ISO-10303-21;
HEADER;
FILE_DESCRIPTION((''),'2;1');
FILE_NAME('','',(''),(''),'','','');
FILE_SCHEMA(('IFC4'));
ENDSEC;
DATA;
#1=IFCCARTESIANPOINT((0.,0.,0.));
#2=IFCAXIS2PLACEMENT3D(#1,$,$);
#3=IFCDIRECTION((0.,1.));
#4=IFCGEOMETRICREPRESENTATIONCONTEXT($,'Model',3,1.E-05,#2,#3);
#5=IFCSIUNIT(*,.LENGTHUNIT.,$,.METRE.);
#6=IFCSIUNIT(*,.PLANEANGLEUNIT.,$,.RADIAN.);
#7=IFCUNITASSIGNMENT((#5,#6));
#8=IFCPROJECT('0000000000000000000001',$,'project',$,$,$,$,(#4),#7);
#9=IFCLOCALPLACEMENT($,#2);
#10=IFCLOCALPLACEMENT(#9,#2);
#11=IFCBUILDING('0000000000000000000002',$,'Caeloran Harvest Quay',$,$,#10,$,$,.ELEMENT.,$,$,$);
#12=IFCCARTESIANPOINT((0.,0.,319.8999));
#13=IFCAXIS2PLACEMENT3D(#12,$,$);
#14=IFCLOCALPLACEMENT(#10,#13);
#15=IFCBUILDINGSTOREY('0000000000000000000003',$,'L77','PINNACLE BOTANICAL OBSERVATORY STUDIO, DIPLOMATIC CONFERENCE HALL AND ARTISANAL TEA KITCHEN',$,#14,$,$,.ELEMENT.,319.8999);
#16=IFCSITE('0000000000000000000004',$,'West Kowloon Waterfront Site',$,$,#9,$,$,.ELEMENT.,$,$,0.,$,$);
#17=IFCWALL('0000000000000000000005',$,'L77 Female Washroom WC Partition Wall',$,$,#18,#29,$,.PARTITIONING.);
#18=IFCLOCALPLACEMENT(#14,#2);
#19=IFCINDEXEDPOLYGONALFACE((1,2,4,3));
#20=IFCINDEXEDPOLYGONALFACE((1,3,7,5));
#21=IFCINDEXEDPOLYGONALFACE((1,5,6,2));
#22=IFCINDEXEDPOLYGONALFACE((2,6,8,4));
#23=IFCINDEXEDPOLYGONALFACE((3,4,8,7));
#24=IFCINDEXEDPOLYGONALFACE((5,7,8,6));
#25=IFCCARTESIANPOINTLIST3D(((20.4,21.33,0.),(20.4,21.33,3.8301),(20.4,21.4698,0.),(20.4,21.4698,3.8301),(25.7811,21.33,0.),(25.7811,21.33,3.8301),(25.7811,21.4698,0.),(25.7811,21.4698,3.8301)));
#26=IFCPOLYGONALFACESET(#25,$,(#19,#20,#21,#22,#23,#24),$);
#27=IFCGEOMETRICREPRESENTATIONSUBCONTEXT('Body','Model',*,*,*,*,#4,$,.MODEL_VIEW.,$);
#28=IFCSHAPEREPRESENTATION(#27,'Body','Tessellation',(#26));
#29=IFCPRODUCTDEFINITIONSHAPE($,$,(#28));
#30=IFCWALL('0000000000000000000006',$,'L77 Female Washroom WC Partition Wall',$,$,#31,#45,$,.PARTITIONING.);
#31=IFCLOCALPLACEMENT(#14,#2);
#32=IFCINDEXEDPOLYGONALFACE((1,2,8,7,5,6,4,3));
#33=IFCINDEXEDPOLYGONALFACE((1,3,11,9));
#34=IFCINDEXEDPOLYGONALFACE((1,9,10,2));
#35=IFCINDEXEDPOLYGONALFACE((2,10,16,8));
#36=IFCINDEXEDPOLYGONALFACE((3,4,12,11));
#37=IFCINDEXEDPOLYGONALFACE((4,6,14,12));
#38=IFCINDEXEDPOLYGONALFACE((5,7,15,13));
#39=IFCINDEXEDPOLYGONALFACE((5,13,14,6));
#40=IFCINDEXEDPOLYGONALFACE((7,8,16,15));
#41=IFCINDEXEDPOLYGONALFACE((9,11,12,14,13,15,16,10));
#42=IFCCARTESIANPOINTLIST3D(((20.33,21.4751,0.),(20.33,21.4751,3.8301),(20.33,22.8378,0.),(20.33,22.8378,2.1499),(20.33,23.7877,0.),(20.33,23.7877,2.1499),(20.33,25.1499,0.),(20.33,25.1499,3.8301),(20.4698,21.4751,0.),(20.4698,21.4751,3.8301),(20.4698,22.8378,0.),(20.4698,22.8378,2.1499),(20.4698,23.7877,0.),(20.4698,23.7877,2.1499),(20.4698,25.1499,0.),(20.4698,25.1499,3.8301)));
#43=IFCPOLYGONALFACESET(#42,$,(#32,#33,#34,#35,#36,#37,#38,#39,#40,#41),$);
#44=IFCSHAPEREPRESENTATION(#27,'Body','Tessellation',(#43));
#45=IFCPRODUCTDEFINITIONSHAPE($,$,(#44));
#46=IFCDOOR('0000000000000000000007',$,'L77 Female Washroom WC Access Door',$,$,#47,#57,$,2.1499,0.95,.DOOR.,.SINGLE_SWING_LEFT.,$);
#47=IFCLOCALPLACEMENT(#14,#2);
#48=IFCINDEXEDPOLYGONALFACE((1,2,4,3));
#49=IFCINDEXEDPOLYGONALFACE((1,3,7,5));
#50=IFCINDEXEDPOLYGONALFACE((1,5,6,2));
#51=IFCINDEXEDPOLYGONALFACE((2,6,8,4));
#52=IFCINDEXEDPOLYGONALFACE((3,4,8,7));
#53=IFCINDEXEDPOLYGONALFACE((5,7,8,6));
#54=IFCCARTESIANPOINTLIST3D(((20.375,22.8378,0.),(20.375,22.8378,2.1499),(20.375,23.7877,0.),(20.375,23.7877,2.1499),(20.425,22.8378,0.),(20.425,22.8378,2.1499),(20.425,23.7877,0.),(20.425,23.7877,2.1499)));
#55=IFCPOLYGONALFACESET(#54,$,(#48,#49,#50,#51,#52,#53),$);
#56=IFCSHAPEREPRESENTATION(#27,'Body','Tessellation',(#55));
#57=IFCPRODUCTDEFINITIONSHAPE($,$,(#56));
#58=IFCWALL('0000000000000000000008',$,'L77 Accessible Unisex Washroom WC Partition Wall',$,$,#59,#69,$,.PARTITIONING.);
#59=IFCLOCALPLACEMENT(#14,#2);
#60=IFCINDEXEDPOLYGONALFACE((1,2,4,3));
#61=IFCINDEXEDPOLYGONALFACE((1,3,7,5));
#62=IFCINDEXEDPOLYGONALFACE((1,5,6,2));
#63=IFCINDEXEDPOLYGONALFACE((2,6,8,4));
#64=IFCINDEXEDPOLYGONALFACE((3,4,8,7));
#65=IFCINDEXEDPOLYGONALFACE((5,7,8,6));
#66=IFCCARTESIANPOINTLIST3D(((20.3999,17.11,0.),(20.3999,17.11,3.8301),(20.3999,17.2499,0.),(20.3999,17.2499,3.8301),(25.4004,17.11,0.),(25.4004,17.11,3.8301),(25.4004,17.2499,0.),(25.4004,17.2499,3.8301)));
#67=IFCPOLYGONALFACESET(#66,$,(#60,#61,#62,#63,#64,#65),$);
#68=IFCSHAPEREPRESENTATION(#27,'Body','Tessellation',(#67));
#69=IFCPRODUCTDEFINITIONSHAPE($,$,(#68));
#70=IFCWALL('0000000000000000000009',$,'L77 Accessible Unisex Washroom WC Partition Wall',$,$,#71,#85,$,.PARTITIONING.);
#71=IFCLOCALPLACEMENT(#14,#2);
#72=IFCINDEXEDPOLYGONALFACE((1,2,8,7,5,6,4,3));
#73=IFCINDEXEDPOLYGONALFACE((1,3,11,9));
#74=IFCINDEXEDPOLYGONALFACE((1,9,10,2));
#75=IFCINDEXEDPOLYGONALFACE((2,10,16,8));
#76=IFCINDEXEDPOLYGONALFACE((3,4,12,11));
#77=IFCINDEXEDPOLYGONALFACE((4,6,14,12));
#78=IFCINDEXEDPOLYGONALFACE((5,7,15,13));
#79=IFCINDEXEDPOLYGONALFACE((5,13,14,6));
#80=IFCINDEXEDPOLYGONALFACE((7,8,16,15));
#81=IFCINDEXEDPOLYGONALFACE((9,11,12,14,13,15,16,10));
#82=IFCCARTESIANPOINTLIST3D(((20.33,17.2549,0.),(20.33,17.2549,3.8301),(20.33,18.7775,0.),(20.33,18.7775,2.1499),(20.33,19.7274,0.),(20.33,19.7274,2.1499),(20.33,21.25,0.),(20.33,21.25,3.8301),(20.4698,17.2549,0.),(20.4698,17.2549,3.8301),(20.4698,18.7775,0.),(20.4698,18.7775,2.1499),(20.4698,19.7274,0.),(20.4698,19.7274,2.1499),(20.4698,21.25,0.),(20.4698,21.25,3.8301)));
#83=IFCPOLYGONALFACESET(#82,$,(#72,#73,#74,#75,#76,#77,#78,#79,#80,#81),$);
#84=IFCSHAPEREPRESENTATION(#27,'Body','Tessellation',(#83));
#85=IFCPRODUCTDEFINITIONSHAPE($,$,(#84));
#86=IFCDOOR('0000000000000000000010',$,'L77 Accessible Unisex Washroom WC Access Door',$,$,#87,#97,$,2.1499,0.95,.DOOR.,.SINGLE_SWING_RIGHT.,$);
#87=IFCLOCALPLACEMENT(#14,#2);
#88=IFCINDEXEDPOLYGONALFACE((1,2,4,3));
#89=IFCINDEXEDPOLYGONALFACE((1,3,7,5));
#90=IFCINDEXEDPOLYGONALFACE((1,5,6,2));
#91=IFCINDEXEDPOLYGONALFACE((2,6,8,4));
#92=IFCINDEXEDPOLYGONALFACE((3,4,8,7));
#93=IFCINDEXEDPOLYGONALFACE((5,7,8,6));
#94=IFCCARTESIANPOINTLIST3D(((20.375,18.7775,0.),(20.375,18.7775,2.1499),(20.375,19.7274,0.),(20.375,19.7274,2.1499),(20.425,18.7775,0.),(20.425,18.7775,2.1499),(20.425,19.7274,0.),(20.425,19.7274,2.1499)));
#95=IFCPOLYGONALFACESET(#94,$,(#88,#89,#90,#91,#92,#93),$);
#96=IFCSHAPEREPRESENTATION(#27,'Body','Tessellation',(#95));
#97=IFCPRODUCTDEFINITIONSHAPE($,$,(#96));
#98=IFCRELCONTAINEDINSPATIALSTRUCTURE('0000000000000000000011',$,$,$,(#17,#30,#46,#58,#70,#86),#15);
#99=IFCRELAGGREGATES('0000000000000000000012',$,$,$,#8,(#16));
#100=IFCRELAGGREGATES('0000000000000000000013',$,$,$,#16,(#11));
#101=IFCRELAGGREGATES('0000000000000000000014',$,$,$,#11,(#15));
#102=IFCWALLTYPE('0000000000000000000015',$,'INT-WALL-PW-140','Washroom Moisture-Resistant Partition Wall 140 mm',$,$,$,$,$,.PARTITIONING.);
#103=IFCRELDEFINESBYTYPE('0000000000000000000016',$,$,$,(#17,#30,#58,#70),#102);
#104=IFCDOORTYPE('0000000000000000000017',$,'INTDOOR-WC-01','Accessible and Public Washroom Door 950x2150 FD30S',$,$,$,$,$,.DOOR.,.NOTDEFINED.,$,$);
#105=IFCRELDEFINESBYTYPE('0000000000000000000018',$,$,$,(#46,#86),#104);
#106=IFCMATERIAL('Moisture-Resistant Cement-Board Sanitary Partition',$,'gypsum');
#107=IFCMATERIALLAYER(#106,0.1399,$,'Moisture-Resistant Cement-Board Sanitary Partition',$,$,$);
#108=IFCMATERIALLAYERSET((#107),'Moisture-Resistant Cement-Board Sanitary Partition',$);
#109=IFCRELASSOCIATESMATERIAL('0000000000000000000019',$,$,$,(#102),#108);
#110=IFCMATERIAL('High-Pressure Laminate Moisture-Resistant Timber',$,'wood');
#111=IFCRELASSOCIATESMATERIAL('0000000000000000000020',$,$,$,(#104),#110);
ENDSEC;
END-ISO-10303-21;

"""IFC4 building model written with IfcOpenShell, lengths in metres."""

from ifc_helpers import new_model, si_unit, direction, frame, frame_2d, origin, place, context, subcontext, project, spatial, rectangle, extrude, material, layer, layer_set, type_object, element, fill, save


model = new_model("IFC4")

# Units and contexts
model_context = context("Model", 3, precision=1e-05, world=origin(), true_north=direction((0.0, 1.0)))
body_context = subcontext(model_context, "Body", "Model", "MODEL_VIEW")
ifc_project = project(units=[si_unit("LENGTHUNIT", "METRE"), si_unit("PLANEANGLEUNIT", "RADIAN")], contexts=[model_context])

# Site, building, storey
site_placement = place(None, origin())
site = spatial("IfcSite", under=ifc_project, at=site_placement, Name="West Kowloon Waterfront Site", CompositionType="ELEMENT", RefElevation=0.0)
building_placement = place(site_placement, origin())
building = spatial("IfcBuilding", under=site, at=building_placement, Name="Caeloran Harvest Quay", CompositionType="ELEMENT")
storey_placement = place(building_placement, frame((0.0, 0.0, 319.8999)))
storey = spatial("IfcBuildingStorey", under=building, at=storey_placement, Name="L77", Description="PINNACLE BOTANICAL OBSERVATORY STUDIO, DIPLOMATIC CONFERENCE HALL AND ARTISANAL TEA KITCHEN", CompositionType="ELEMENT", Elevation=319.8999)

# Wall
ifc_material_1 = material(Name="Moisture-Resistant Cement-Board Sanitary Partition", Category="gypsum")
ifc_layer_1 = layer(ifc_material_1, 0.1399, Name="Moisture-Resistant Cement-Board Sanitary Partition")
ifc_layer_set_1 = layer_set([ifc_layer_1], Name="Moisture-Resistant Cement-Board Sanitary Partition")
wall_type_1 = type_object("IfcWallType", Name="INT-WALL-PW-140", Description="Washroom Moisture-Resistant Partition Wall 140 mm", PredefinedType="PARTITIONING", material=ifc_layer_set_1)
wall_1_placement = place(storey_placement, frame((25.781, 21.3999, 0.0), z_axis=(0.0, 0.0, 1.0), x_axis=(-1.0, 0.0, 0.0)))
element("IfcWall", 1, at=wall_1_placement, inside=storey, type_object=wall_type_1, Name="L77 Female Washroom WC Partition Wall", PredefinedType="PARTITIONING", context=body_context, shape_type="SweptSolid", body=[
    extrude(rectangle(XDim=5.3811, YDim=0.1399, at=frame_2d((2.6904, 0.0))), origin(), (0.0, 0.0, 1.0), 3.8301),
])

# Wall, opening, door
wall_2_placement = place(storey_placement, frame((20.3999, 21.4751, 0.0), z_axis=(0.0, 0.0, 1.0), x_axis=(0.0, 1.0, 0.0)))
wall_2 = element("IfcWall", 2, at=wall_2_placement, inside=storey, type_object=wall_type_1, Name="L77 Female Washroom WC Partition Wall", PredefinedType="PARTITIONING", context=body_context, shape_type="SweptSolid", body=[
    extrude(rectangle(XDim=3.6748, YDim=0.1399, at=frame_2d((1.8374, 0.0))), origin(), (0.0, 0.0, 1.0), 3.8301),
])
opening_1_placement = place(wall_2_placement, frame((1.3625, 0.0, 0.0)))
opening_1 = element("IfcOpeningElement", 3, at=opening_1_placement, cuts=wall_2, PredefinedType="OPENING", context=body_context, shape_type="SweptSolid", body=[
    extrude(rectangle(XDim=0.95, YDim=2.1499, at=frame_2d((0.4751, 1.075))), frame((0.0, 0.0801, 0.0), z_axis=(0.0, -1.0, 0.0), x_axis=(1.0, 0.0, 0.0)), (0.0, 0.0, 1.0), 0.1599),
])
ifc_material_2 = material(Name="High-Pressure Laminate Moisture-Resistant Timber", Category="wood")
door_type_1 = type_object("IfcDoorType", Name="INTDOOR-WC-01", Description="Accessible and Public Washroom Door 950x2150 FD30S", OperationType="NOTDEFINED", PredefinedType="DOOR", material=ifc_material_2)
door_1_placement = place(opening_1_placement, origin())
door_1 = element("IfcDoor", 4, at=door_1_placement, inside=storey, type_object=door_type_1, Name="L77 Female Washroom WC Access Door", OperationType="SINGLE_SWING_LEFT", OverallHeight=2.1499, OverallWidth=0.95, PredefinedType="DOOR", context=body_context, shape_type="SweptSolid", body=[
    extrude(rectangle(XDim=0.95, YDim=2.1499, at=frame_2d((0.4751, 1.075))), frame((0.0, 0.0249, 0.0), z_axis=(0.0, -1.0, 0.0), x_axis=(1.0, 0.0, 0.0)), (0.0, 0.0, 1.0), 0.05),
])
fill(opening_1, door_1)

# Wall
wall_3_placement = place(storey_placement, frame((25.4004, 17.1799, 0.0), z_axis=(0.0, 0.0, 1.0), x_axis=(-1.0, 0.0, 0.0)))
element("IfcWall", 5, at=wall_3_placement, inside=storey, type_object=wall_type_1, Name="L77 Accessible Unisex Washroom WC Partition Wall", PredefinedType="PARTITIONING", context=body_context, shape_type="SweptSolid", body=[
    extrude(rectangle(XDim=5.0005, YDim=0.1399, at=frame_2d((2.5002, 0.0))), origin(), (0.0, 0.0, 1.0), 3.8301),
])

# Wall, opening, door
wall_4_placement = place(storey_placement, frame((20.3999, 17.2549, 0.0), z_axis=(0.0, 0.0, 1.0), x_axis=(0.0, 1.0, 0.0)))
wall_4 = element("IfcWall", 6, at=wall_4_placement, inside=storey, type_object=wall_type_1, Name="L77 Accessible Unisex Washroom WC Partition Wall", PredefinedType="PARTITIONING", context=body_context, shape_type="SweptSolid", body=[
    extrude(rectangle(XDim=3.9951, YDim=0.1399, at=frame_2d((1.9976, 0.0))), origin(), (0.0, 0.0, 1.0), 3.8301),
])
opening_2_placement = place(wall_4_placement, frame((1.5225, 0.0, 0.0)))
opening_2 = element("IfcOpeningElement", 7, at=opening_2_placement, cuts=wall_4, PredefinedType="OPENING", context=body_context, shape_type="SweptSolid", body=[
    extrude(rectangle(XDim=0.95, YDim=2.1499, at=frame_2d((0.4751, 1.075))), frame((0.0, 0.0801, 0.0), z_axis=(0.0, -1.0, 0.0), x_axis=(1.0, 0.0, 0.0)), (0.0, 0.0, 1.0), 0.1599),
])
door_2_placement = place(opening_2_placement, origin())
door_2 = element("IfcDoor", 8, at=door_2_placement, inside=storey, type_object=door_type_1, Name="L77 Accessible Unisex Washroom WC Access Door", OperationType="SINGLE_SWING_RIGHT", OverallHeight=2.1499, OverallWidth=0.95, PredefinedType="DOOR", context=body_context, shape_type="SweptSolid", body=[
    extrude(rectangle(XDim=0.95, YDim=2.1499, at=frame_2d((0.4751, 1.075))), frame((0.0, 0.0249, 0.0), z_axis=(0.0, -1.0, 0.0), x_axis=(1.0, 0.0, 0.0)), (0.0, 0.0, 1.0), 0.05),
])
fill(opening_2, door_2)

save(model, "model.ifc")
